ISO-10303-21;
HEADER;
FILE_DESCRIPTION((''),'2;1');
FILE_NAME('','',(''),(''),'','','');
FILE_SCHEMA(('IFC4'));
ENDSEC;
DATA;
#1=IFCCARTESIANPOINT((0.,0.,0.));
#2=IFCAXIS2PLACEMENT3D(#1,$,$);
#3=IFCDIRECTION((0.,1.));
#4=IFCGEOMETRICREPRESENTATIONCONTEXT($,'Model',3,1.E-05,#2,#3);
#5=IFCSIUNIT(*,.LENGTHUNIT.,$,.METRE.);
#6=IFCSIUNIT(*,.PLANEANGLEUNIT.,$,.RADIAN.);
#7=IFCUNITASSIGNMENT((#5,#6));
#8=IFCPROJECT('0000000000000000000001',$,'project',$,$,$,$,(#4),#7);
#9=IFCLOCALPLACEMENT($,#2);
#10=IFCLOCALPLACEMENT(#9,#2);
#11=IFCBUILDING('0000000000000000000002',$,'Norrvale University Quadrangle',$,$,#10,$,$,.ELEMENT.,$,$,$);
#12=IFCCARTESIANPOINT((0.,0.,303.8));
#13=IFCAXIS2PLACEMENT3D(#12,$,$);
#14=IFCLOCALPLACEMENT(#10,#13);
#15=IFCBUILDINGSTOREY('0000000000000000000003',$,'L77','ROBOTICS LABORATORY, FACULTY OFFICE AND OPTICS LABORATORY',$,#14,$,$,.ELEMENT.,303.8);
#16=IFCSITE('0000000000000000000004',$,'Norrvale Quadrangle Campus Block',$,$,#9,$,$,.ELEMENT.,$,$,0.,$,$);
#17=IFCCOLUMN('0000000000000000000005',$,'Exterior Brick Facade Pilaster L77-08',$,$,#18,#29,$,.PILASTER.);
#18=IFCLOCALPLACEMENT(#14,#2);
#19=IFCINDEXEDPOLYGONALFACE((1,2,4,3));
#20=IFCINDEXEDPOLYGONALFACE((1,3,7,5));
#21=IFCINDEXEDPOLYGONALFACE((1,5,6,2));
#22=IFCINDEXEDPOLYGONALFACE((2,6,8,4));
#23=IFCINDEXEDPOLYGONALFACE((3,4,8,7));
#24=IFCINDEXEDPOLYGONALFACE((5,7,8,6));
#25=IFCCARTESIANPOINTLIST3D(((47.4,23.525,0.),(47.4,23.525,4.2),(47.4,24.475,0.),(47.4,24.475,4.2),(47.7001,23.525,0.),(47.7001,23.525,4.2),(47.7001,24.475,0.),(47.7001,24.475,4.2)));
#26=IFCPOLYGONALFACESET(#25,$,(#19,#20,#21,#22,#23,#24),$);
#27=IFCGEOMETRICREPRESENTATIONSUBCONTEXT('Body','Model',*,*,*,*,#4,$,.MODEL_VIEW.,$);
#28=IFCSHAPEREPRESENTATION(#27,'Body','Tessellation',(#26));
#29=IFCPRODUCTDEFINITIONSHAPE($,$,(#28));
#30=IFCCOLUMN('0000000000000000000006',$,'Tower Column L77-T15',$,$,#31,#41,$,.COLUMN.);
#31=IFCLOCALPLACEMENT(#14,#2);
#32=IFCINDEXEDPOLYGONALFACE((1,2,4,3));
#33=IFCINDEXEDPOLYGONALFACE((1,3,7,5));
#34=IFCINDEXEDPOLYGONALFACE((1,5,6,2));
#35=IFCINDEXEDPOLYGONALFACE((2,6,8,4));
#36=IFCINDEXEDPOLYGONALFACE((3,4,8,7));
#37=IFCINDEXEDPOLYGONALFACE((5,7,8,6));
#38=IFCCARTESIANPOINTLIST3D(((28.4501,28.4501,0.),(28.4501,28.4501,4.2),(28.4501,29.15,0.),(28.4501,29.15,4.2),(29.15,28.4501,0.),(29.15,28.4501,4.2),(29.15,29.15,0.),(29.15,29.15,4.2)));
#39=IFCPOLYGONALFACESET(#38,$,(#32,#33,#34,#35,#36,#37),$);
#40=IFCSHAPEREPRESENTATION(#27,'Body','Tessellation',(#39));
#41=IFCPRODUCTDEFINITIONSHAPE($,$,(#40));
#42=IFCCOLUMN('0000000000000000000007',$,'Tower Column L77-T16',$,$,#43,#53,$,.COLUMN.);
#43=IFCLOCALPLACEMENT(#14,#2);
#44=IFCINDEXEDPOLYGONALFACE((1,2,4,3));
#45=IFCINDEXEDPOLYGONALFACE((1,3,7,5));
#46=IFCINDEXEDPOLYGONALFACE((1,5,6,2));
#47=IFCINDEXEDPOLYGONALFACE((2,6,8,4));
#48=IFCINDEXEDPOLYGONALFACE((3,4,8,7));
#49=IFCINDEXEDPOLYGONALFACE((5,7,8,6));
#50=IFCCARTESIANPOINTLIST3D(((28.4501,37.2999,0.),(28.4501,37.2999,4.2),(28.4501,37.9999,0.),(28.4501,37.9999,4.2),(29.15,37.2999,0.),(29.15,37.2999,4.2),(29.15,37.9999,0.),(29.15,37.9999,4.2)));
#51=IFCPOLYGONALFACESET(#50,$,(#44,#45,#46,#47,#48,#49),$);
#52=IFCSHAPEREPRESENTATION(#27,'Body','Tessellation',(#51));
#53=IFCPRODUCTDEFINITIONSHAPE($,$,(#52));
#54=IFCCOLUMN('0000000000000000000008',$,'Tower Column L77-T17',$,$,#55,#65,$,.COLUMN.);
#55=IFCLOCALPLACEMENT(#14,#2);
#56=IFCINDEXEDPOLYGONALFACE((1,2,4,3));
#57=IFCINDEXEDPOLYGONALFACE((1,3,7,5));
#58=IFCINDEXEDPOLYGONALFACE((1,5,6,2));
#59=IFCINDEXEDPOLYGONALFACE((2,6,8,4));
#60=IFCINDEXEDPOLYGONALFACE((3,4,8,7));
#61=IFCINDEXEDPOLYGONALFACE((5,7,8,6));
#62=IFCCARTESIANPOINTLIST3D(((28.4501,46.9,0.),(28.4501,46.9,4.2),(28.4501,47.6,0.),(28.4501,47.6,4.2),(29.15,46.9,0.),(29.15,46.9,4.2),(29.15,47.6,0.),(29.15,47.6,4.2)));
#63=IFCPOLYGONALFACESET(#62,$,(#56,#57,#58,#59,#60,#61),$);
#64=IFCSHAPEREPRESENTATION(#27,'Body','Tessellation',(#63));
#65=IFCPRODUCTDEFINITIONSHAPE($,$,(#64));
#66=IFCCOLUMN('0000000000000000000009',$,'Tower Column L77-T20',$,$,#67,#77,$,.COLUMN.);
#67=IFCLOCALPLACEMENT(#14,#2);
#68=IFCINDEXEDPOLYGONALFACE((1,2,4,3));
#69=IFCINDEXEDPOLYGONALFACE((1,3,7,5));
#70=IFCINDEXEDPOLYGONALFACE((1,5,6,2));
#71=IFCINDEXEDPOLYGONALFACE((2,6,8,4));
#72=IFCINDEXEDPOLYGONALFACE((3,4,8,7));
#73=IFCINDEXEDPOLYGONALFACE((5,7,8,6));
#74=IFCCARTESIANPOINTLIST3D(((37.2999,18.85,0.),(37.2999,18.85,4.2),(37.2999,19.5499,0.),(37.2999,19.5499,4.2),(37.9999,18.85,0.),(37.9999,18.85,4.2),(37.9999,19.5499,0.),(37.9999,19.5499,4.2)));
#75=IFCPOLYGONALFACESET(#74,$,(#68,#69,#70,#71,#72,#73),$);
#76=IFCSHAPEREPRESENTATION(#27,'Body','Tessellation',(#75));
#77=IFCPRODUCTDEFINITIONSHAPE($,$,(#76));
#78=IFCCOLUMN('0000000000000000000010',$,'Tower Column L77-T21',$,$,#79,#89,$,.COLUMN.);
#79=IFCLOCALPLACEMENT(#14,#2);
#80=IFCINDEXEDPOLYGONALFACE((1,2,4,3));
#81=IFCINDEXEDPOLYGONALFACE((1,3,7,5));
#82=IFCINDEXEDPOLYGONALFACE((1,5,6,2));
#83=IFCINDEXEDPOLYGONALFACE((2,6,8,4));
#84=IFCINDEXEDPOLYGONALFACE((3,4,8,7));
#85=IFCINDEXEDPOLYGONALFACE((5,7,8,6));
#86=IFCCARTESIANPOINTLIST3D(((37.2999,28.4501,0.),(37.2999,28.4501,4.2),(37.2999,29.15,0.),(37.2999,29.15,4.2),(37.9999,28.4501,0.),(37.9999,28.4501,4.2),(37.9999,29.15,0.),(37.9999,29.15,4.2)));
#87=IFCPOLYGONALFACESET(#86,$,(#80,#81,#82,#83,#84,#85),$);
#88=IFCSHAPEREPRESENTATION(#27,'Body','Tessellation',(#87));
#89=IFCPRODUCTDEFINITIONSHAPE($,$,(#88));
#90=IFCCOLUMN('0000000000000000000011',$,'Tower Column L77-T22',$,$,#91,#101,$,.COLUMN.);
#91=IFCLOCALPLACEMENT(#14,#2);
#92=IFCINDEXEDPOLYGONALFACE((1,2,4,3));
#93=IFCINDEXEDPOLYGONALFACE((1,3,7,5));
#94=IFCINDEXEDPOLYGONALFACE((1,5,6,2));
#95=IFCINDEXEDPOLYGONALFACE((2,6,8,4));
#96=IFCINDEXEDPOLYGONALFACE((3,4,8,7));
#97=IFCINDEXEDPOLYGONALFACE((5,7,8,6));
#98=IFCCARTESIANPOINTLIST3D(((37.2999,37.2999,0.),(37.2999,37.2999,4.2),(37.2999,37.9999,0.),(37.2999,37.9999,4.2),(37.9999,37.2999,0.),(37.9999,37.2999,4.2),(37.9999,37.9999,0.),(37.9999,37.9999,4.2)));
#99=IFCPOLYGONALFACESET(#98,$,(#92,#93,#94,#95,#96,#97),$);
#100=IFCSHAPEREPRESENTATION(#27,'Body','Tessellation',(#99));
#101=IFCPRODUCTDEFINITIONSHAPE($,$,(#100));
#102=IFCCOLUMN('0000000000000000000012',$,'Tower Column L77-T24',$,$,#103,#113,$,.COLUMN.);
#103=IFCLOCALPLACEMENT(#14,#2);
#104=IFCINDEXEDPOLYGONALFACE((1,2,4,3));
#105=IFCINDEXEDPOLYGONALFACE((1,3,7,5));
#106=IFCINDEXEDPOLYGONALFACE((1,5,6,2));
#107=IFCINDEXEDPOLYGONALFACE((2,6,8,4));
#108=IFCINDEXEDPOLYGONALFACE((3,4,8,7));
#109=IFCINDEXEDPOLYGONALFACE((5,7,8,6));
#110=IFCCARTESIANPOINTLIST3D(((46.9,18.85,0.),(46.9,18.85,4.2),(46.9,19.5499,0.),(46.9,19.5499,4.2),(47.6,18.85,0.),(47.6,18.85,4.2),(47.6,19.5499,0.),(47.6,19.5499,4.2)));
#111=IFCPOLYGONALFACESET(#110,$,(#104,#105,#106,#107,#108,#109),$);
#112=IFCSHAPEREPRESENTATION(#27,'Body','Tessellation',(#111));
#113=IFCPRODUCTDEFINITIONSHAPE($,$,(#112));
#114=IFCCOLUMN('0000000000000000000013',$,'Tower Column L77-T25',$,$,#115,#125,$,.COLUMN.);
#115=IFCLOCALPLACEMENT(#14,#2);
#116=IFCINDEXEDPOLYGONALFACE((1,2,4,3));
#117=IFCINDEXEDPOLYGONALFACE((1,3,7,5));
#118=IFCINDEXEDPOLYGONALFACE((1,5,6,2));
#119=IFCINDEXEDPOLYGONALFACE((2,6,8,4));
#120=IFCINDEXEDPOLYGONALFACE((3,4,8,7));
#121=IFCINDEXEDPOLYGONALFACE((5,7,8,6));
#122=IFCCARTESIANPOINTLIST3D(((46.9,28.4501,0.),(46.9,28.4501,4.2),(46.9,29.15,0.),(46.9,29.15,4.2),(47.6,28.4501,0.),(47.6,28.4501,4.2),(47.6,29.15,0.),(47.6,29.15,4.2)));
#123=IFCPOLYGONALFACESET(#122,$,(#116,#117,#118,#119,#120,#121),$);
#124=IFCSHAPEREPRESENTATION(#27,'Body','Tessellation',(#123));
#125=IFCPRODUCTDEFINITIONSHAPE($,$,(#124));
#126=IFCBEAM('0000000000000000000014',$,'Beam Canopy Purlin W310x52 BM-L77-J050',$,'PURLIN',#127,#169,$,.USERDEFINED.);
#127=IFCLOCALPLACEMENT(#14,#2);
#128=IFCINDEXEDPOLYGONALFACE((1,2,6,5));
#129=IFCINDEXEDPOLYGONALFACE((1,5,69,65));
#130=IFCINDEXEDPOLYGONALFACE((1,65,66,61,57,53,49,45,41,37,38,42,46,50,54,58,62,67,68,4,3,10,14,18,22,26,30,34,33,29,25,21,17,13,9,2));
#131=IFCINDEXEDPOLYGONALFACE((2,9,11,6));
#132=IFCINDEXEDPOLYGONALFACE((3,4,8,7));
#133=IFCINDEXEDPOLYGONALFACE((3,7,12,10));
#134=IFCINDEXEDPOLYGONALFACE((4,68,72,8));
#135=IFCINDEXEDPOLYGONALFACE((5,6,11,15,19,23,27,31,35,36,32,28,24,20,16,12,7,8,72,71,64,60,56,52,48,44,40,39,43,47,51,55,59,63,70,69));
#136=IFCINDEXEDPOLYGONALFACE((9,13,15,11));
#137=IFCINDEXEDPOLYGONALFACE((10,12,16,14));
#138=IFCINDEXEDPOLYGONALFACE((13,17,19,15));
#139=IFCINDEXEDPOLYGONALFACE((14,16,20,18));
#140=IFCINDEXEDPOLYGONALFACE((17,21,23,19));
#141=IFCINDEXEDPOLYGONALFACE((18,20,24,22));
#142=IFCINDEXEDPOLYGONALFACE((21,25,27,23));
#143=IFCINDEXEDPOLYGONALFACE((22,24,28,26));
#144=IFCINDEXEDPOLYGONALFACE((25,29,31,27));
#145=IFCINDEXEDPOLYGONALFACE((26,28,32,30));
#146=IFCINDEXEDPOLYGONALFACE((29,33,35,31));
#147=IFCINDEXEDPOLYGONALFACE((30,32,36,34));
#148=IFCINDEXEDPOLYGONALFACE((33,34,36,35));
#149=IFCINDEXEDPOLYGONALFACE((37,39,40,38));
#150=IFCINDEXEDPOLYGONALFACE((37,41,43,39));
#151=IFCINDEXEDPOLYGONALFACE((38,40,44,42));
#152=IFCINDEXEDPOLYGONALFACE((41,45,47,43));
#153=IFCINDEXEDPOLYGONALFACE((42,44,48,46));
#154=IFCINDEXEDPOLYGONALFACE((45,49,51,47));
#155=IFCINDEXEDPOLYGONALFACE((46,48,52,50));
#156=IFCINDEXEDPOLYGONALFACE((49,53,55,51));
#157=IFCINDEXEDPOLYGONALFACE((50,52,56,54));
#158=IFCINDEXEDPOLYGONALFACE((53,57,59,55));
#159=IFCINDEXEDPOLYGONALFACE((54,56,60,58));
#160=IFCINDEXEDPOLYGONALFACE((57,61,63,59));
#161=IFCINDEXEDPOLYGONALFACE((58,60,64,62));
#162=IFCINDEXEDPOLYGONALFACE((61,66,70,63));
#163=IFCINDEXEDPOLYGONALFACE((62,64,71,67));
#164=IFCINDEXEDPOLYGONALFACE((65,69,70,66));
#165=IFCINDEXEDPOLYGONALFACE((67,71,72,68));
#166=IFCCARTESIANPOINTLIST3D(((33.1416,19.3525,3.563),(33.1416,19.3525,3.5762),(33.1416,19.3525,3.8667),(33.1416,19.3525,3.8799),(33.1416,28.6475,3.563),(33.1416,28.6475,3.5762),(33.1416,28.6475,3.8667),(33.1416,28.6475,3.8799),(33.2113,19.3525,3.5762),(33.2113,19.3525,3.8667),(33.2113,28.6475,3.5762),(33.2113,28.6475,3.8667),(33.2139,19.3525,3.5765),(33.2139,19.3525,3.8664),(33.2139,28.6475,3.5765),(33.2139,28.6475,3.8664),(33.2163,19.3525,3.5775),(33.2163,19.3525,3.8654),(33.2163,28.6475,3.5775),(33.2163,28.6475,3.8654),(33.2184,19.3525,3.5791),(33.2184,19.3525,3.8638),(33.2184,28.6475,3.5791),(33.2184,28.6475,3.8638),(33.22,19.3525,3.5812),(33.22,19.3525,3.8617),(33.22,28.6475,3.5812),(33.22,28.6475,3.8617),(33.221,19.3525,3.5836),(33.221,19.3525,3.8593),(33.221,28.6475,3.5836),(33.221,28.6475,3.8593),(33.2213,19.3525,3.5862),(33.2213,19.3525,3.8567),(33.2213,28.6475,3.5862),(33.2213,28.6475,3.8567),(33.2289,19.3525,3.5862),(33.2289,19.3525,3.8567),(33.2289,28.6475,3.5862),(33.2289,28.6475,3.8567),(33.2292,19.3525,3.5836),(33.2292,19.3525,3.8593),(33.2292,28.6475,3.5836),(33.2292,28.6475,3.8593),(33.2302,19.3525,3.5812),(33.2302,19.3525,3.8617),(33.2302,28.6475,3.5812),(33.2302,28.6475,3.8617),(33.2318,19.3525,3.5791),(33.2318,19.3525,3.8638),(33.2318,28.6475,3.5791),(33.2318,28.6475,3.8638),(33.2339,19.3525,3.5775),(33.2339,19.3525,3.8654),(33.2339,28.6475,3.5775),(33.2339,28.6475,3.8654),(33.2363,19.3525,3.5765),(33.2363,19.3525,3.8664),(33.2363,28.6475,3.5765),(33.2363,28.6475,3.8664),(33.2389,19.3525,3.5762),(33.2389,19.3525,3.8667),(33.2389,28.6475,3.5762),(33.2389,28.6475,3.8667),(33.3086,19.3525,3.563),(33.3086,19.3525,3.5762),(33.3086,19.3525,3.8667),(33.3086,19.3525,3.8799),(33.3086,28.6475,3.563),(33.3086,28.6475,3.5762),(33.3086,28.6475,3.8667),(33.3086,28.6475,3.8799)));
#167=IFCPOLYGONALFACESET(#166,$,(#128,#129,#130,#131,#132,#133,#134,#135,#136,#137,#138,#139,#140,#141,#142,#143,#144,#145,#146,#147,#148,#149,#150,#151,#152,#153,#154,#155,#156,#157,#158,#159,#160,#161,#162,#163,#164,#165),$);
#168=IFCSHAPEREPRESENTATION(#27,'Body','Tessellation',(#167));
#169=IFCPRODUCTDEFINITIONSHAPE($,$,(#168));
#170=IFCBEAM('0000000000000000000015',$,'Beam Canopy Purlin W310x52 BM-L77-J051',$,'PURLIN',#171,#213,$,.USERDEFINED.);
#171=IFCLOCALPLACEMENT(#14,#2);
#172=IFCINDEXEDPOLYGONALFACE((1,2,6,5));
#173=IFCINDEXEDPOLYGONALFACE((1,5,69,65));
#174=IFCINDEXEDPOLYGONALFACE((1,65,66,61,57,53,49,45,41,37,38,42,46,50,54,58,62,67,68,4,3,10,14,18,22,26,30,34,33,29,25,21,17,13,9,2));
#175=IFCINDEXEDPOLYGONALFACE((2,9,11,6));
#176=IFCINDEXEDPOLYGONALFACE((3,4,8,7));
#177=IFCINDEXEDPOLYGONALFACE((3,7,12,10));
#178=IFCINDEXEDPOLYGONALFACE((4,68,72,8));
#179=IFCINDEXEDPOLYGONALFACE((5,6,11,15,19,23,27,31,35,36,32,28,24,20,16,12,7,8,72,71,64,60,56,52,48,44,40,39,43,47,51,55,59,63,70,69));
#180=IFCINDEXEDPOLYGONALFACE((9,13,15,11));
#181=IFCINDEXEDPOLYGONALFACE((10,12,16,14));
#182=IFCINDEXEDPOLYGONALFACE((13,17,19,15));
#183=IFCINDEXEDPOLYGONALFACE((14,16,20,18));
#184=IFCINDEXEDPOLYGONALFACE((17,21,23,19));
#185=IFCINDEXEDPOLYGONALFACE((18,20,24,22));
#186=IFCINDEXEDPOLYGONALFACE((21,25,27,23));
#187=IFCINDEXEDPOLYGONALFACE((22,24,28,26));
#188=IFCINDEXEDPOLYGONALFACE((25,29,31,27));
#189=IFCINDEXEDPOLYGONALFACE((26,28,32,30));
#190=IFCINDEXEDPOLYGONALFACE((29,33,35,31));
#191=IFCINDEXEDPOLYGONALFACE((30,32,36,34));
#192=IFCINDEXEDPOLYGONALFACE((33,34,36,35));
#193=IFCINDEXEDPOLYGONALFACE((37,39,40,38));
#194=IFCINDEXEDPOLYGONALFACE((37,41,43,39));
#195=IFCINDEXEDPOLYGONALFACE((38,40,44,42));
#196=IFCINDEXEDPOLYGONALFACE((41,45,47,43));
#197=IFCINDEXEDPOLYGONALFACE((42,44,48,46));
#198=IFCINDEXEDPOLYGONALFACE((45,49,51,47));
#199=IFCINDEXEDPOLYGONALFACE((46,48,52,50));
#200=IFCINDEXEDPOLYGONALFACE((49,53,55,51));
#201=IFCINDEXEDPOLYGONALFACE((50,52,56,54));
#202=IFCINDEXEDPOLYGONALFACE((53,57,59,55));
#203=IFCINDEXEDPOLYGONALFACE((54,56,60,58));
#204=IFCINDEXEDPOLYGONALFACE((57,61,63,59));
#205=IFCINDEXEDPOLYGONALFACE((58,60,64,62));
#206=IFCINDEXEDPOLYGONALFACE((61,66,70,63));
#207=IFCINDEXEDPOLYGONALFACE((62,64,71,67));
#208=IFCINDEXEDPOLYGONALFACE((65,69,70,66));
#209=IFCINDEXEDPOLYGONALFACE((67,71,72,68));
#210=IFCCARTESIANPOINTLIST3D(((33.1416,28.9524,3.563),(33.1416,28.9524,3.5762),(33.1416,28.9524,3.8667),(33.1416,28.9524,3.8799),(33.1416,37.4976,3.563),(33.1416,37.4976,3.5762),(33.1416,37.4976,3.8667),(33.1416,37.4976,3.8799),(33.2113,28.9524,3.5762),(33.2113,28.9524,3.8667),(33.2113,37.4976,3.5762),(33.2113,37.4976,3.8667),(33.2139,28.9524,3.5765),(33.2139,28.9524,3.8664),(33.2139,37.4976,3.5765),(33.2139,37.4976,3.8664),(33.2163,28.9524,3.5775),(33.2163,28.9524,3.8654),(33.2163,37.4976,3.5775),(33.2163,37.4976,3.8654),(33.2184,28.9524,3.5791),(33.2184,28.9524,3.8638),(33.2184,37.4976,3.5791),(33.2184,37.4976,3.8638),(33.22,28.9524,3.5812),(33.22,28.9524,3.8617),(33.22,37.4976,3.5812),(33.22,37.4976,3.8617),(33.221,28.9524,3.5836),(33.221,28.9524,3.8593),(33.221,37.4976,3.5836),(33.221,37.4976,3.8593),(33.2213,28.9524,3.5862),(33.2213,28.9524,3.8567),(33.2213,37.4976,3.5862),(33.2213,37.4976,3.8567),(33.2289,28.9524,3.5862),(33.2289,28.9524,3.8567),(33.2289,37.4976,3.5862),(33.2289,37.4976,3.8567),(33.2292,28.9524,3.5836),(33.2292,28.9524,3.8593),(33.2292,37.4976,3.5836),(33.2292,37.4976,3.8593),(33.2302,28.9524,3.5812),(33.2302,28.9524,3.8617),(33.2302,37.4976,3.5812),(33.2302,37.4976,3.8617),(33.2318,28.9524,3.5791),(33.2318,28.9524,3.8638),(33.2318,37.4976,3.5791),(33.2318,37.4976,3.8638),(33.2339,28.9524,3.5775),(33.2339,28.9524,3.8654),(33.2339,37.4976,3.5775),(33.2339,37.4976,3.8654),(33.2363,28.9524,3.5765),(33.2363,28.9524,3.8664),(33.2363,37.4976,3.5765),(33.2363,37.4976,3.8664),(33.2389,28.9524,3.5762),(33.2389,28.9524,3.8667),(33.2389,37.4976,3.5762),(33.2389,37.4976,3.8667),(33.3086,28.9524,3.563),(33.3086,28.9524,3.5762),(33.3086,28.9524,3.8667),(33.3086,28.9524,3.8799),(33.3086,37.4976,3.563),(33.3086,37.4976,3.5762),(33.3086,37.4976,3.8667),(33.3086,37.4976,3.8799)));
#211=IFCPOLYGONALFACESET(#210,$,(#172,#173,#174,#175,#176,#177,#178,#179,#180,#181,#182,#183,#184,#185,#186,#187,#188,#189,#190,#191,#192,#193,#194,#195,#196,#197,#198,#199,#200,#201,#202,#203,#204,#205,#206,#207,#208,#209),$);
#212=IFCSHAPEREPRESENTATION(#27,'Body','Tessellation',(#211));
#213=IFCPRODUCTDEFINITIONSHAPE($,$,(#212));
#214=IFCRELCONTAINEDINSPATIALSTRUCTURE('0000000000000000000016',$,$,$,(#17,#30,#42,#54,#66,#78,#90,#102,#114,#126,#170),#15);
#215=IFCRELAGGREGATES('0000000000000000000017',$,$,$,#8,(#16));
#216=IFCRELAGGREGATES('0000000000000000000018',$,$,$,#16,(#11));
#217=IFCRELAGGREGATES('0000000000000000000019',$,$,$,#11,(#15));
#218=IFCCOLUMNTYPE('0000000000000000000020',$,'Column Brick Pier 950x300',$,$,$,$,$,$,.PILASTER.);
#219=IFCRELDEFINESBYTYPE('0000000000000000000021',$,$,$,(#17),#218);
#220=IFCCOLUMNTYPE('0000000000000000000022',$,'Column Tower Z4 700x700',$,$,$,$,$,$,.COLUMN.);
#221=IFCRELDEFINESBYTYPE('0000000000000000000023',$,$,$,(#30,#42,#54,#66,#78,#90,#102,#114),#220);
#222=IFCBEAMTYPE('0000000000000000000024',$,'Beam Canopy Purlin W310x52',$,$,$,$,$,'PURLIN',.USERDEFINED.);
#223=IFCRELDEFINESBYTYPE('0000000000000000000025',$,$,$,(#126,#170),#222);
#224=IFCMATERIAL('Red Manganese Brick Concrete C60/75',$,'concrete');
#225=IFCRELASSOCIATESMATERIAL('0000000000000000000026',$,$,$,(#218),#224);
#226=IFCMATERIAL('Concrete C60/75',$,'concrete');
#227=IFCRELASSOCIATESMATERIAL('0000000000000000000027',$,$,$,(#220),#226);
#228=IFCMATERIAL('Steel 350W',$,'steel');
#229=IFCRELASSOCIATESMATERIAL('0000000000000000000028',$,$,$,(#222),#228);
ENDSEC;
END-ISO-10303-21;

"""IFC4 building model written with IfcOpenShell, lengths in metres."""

from ifc_helpers import new_model, si_unit, direction, frame, origin, origin_2d, place, context, subcontext, project, spatial, rectangle, i_section, extrude, material, material_profile, profile_set, type_object, element, save


model = new_model("IFC4")

# Units and contexts
model_context = context("Model", 3, precision=1e-05, world=origin(), true_north=direction((0.0, 1.0)))
body_context = subcontext(model_context, "Body", "Model", "MODEL_VIEW")
ifc_project = project(units=[si_unit("LENGTHUNIT", "METRE"), si_unit("PLANEANGLEUNIT", "RADIAN")], contexts=[model_context])

# Site, building, storey
site_placement = place(None, origin())
site = spatial("IfcSite", under=ifc_project, at=site_placement, Name="Norrvale Quadrangle Campus Block", CompositionType="ELEMENT", RefElevation=0.0)
building_placement = place(site_placement, origin())
building = spatial("IfcBuilding", under=site, at=building_placement, Name="Norrvale University Quadrangle", CompositionType="ELEMENT")
storey_placement = place(building_placement, frame((0.0, 0.0, 303.8)))
storey = spatial("IfcBuildingStorey", under=building, at=storey_placement, Name="L77", Description="ROBOTICS LABORATORY, FACULTY OFFICE AND OPTICS LABORATORY", CompositionType="ELEMENT", Elevation=303.8)

# Columns
ifc_material_1 = material(Name="Red Manganese Brick Concrete C60/75", Category="concrete")
ifc_material_profile_1 = material_profile(ifc_material_1, rectangle(XDim=0.95, YDim=0.3, at=origin_2d()), Name="Red Manganese Brick Concrete C60/75")
ifc_profile_set_1 = profile_set([ifc_material_profile_1], Name="Red Manganese Brick Concrete C60/75")
column_type_1 = type_object("IfcColumnType", Name="Column Brick Pier 950x300", PredefinedType="PILASTER", material=ifc_profile_set_1)
column_placement = place(storey_placement, frame((47.55, 24.0, 0.0), z_axis=(0.0, 0.0, 1.0), x_axis=(0.0, 1.0, 0.0)))
element("IfcColumn", 1, at=column_placement, inside=storey, type_object=column_type_1, Name="Exterior Brick Facade Pilaster L77-08", PredefinedType="PILASTER", context=body_context, shape_type="SweptSolid", body=[
    extrude(rectangle(XDim=0.95, YDim=0.3, at=origin_2d()), origin(), (0.0, 0.0, 1.0), 4.2),
])
ifc_material_2 = material(Name="Concrete C60/75", Category="concrete")
ifc_material_profile_2 = material_profile(ifc_material_2, rectangle(XDim=0.7, YDim=0.7, at=origin_2d()), Name="Concrete C60/75")
ifc_profile_set_2 = profile_set([ifc_material_profile_2], Name="Concrete C60/75")
column_type_2 = type_object("IfcColumnType", Name="Column Tower Z4 700x700", PredefinedType="COLUMN", material=ifc_profile_set_2)
for number, where, z_axis, x_axis, name in (
    (2, (28.8, 28.8, 0.0), (0.0, 0.0, 1.0), (1.0, 0.0, 0.0), "Tower Column L77-T15"),
    (3, (28.8, 37.6499, 0.0), (0.0, 0.0, 1.0), (1.0, 0.0, 0.0), "Tower Column L77-T16"),
    (4, (28.8, 47.25, 0.0), (0.0, 0.0, 1.0), (1.0, 0.0, 0.0), "Tower Column L77-T17"),
    (5, (37.6499, 19.2, 0.0), (0.0, 0.0, 1.0), (1.0, 0.0, 0.0), "Tower Column L77-T20"),
    (6, (37.6499, 28.8, 0.0), (0.0, 0.0, 1.0), (1.0, 0.0, 0.0), "Tower Column L77-T21"),
    (7, (37.6499, 37.6499, 0.0), (0.0, 0.0, 1.0), (1.0, 0.0, 0.0), "Tower Column L77-T22"),
    (8, (47.25, 19.2, 0.0), (0.0, 0.0, 1.0), (1.0, 0.0, 0.0), "Tower Column L77-T24"),
    (9, (47.25, 28.8, 0.0), (0.0, 0.0, 1.0), (1.0, 0.0, 0.0), "Tower Column L77-T25"),
):
    element("IfcColumn", number, at=place(storey_placement, frame(where, z_axis=z_axis, x_axis=x_axis)), inside=storey, type_object=column_type_2, Name=name, PredefinedType="COLUMN", context=body_context, shape_type="SweptSolid", body=[
        extrude(rectangle(XDim=0.7, YDim=0.7, at=origin_2d()), origin(), (0.0, 0.0, 1.0), 4.2),
    ])

# Beams
ifc_material_3 = material(Name="Steel 350W", Category="steel")
ifc_material_profile_3 = material_profile(ifc_material_3, i_section(OverallWidth=0.167, OverallDepth=0.3169, WebThickness=0.0076, FlangeThickness=0.0132, FilletRadius=0.01, at=origin_2d()), Name="Steel 350W")
ifc_profile_set_3 = profile_set([ifc_material_profile_3], Name="Steel 350W")
beam_type_1 = type_object("IfcBeamType", Name="Beam Canopy Purlin W310x52", ElementType="PURLIN", PredefinedType="USERDEFINED", material=ifc_profile_set_3)
beam_1_placement = place(storey_placement, frame((33.2251, 19.3525, 3.7214), z_axis=(0.0, 1.0, 0.0), x_axis=(-1.0, 0.0, 0.0)))
element("IfcBeam", 10, at=beam_1_placement, inside=storey, type_object=beam_type_1, Name="Beam Canopy Purlin W310x52 BM-L77-J050", ObjectType="PURLIN", PredefinedType="USERDEFINED", context=body_context, shape_type="SweptSolid", body=[
    extrude(i_section(OverallWidth=0.167, OverallDepth=0.3169, WebThickness=0.0076, FlangeThickness=0.0132, FilletRadius=0.01, at=origin_2d()), origin(), (0.0, 0.0, 1.0), 9.2949),
])
beam_2_placement = place(storey_placement, frame((33.2251, 28.9524, 3.7214), z_axis=(0.0, 1.0, 0.0), x_axis=(-1.0, 0.0, 0.0)))
element("IfcBeam", 11, at=beam_2_placement, inside=storey, type_object=beam_type_1, Name="Beam Canopy Purlin W310x52 BM-L77-J051", ObjectType="PURLIN", PredefinedType="USERDEFINED", context=body_context, shape_type="SweptSolid", body=[
    extrude(i_section(OverallWidth=0.167, OverallDepth=0.3169, WebThickness=0.0076, FlangeThickness=0.0132, FilletRadius=0.01, at=origin_2d()), origin(), (0.0, 0.0, 1.0), 8.5452),
])

save(model, "model.ifc")
